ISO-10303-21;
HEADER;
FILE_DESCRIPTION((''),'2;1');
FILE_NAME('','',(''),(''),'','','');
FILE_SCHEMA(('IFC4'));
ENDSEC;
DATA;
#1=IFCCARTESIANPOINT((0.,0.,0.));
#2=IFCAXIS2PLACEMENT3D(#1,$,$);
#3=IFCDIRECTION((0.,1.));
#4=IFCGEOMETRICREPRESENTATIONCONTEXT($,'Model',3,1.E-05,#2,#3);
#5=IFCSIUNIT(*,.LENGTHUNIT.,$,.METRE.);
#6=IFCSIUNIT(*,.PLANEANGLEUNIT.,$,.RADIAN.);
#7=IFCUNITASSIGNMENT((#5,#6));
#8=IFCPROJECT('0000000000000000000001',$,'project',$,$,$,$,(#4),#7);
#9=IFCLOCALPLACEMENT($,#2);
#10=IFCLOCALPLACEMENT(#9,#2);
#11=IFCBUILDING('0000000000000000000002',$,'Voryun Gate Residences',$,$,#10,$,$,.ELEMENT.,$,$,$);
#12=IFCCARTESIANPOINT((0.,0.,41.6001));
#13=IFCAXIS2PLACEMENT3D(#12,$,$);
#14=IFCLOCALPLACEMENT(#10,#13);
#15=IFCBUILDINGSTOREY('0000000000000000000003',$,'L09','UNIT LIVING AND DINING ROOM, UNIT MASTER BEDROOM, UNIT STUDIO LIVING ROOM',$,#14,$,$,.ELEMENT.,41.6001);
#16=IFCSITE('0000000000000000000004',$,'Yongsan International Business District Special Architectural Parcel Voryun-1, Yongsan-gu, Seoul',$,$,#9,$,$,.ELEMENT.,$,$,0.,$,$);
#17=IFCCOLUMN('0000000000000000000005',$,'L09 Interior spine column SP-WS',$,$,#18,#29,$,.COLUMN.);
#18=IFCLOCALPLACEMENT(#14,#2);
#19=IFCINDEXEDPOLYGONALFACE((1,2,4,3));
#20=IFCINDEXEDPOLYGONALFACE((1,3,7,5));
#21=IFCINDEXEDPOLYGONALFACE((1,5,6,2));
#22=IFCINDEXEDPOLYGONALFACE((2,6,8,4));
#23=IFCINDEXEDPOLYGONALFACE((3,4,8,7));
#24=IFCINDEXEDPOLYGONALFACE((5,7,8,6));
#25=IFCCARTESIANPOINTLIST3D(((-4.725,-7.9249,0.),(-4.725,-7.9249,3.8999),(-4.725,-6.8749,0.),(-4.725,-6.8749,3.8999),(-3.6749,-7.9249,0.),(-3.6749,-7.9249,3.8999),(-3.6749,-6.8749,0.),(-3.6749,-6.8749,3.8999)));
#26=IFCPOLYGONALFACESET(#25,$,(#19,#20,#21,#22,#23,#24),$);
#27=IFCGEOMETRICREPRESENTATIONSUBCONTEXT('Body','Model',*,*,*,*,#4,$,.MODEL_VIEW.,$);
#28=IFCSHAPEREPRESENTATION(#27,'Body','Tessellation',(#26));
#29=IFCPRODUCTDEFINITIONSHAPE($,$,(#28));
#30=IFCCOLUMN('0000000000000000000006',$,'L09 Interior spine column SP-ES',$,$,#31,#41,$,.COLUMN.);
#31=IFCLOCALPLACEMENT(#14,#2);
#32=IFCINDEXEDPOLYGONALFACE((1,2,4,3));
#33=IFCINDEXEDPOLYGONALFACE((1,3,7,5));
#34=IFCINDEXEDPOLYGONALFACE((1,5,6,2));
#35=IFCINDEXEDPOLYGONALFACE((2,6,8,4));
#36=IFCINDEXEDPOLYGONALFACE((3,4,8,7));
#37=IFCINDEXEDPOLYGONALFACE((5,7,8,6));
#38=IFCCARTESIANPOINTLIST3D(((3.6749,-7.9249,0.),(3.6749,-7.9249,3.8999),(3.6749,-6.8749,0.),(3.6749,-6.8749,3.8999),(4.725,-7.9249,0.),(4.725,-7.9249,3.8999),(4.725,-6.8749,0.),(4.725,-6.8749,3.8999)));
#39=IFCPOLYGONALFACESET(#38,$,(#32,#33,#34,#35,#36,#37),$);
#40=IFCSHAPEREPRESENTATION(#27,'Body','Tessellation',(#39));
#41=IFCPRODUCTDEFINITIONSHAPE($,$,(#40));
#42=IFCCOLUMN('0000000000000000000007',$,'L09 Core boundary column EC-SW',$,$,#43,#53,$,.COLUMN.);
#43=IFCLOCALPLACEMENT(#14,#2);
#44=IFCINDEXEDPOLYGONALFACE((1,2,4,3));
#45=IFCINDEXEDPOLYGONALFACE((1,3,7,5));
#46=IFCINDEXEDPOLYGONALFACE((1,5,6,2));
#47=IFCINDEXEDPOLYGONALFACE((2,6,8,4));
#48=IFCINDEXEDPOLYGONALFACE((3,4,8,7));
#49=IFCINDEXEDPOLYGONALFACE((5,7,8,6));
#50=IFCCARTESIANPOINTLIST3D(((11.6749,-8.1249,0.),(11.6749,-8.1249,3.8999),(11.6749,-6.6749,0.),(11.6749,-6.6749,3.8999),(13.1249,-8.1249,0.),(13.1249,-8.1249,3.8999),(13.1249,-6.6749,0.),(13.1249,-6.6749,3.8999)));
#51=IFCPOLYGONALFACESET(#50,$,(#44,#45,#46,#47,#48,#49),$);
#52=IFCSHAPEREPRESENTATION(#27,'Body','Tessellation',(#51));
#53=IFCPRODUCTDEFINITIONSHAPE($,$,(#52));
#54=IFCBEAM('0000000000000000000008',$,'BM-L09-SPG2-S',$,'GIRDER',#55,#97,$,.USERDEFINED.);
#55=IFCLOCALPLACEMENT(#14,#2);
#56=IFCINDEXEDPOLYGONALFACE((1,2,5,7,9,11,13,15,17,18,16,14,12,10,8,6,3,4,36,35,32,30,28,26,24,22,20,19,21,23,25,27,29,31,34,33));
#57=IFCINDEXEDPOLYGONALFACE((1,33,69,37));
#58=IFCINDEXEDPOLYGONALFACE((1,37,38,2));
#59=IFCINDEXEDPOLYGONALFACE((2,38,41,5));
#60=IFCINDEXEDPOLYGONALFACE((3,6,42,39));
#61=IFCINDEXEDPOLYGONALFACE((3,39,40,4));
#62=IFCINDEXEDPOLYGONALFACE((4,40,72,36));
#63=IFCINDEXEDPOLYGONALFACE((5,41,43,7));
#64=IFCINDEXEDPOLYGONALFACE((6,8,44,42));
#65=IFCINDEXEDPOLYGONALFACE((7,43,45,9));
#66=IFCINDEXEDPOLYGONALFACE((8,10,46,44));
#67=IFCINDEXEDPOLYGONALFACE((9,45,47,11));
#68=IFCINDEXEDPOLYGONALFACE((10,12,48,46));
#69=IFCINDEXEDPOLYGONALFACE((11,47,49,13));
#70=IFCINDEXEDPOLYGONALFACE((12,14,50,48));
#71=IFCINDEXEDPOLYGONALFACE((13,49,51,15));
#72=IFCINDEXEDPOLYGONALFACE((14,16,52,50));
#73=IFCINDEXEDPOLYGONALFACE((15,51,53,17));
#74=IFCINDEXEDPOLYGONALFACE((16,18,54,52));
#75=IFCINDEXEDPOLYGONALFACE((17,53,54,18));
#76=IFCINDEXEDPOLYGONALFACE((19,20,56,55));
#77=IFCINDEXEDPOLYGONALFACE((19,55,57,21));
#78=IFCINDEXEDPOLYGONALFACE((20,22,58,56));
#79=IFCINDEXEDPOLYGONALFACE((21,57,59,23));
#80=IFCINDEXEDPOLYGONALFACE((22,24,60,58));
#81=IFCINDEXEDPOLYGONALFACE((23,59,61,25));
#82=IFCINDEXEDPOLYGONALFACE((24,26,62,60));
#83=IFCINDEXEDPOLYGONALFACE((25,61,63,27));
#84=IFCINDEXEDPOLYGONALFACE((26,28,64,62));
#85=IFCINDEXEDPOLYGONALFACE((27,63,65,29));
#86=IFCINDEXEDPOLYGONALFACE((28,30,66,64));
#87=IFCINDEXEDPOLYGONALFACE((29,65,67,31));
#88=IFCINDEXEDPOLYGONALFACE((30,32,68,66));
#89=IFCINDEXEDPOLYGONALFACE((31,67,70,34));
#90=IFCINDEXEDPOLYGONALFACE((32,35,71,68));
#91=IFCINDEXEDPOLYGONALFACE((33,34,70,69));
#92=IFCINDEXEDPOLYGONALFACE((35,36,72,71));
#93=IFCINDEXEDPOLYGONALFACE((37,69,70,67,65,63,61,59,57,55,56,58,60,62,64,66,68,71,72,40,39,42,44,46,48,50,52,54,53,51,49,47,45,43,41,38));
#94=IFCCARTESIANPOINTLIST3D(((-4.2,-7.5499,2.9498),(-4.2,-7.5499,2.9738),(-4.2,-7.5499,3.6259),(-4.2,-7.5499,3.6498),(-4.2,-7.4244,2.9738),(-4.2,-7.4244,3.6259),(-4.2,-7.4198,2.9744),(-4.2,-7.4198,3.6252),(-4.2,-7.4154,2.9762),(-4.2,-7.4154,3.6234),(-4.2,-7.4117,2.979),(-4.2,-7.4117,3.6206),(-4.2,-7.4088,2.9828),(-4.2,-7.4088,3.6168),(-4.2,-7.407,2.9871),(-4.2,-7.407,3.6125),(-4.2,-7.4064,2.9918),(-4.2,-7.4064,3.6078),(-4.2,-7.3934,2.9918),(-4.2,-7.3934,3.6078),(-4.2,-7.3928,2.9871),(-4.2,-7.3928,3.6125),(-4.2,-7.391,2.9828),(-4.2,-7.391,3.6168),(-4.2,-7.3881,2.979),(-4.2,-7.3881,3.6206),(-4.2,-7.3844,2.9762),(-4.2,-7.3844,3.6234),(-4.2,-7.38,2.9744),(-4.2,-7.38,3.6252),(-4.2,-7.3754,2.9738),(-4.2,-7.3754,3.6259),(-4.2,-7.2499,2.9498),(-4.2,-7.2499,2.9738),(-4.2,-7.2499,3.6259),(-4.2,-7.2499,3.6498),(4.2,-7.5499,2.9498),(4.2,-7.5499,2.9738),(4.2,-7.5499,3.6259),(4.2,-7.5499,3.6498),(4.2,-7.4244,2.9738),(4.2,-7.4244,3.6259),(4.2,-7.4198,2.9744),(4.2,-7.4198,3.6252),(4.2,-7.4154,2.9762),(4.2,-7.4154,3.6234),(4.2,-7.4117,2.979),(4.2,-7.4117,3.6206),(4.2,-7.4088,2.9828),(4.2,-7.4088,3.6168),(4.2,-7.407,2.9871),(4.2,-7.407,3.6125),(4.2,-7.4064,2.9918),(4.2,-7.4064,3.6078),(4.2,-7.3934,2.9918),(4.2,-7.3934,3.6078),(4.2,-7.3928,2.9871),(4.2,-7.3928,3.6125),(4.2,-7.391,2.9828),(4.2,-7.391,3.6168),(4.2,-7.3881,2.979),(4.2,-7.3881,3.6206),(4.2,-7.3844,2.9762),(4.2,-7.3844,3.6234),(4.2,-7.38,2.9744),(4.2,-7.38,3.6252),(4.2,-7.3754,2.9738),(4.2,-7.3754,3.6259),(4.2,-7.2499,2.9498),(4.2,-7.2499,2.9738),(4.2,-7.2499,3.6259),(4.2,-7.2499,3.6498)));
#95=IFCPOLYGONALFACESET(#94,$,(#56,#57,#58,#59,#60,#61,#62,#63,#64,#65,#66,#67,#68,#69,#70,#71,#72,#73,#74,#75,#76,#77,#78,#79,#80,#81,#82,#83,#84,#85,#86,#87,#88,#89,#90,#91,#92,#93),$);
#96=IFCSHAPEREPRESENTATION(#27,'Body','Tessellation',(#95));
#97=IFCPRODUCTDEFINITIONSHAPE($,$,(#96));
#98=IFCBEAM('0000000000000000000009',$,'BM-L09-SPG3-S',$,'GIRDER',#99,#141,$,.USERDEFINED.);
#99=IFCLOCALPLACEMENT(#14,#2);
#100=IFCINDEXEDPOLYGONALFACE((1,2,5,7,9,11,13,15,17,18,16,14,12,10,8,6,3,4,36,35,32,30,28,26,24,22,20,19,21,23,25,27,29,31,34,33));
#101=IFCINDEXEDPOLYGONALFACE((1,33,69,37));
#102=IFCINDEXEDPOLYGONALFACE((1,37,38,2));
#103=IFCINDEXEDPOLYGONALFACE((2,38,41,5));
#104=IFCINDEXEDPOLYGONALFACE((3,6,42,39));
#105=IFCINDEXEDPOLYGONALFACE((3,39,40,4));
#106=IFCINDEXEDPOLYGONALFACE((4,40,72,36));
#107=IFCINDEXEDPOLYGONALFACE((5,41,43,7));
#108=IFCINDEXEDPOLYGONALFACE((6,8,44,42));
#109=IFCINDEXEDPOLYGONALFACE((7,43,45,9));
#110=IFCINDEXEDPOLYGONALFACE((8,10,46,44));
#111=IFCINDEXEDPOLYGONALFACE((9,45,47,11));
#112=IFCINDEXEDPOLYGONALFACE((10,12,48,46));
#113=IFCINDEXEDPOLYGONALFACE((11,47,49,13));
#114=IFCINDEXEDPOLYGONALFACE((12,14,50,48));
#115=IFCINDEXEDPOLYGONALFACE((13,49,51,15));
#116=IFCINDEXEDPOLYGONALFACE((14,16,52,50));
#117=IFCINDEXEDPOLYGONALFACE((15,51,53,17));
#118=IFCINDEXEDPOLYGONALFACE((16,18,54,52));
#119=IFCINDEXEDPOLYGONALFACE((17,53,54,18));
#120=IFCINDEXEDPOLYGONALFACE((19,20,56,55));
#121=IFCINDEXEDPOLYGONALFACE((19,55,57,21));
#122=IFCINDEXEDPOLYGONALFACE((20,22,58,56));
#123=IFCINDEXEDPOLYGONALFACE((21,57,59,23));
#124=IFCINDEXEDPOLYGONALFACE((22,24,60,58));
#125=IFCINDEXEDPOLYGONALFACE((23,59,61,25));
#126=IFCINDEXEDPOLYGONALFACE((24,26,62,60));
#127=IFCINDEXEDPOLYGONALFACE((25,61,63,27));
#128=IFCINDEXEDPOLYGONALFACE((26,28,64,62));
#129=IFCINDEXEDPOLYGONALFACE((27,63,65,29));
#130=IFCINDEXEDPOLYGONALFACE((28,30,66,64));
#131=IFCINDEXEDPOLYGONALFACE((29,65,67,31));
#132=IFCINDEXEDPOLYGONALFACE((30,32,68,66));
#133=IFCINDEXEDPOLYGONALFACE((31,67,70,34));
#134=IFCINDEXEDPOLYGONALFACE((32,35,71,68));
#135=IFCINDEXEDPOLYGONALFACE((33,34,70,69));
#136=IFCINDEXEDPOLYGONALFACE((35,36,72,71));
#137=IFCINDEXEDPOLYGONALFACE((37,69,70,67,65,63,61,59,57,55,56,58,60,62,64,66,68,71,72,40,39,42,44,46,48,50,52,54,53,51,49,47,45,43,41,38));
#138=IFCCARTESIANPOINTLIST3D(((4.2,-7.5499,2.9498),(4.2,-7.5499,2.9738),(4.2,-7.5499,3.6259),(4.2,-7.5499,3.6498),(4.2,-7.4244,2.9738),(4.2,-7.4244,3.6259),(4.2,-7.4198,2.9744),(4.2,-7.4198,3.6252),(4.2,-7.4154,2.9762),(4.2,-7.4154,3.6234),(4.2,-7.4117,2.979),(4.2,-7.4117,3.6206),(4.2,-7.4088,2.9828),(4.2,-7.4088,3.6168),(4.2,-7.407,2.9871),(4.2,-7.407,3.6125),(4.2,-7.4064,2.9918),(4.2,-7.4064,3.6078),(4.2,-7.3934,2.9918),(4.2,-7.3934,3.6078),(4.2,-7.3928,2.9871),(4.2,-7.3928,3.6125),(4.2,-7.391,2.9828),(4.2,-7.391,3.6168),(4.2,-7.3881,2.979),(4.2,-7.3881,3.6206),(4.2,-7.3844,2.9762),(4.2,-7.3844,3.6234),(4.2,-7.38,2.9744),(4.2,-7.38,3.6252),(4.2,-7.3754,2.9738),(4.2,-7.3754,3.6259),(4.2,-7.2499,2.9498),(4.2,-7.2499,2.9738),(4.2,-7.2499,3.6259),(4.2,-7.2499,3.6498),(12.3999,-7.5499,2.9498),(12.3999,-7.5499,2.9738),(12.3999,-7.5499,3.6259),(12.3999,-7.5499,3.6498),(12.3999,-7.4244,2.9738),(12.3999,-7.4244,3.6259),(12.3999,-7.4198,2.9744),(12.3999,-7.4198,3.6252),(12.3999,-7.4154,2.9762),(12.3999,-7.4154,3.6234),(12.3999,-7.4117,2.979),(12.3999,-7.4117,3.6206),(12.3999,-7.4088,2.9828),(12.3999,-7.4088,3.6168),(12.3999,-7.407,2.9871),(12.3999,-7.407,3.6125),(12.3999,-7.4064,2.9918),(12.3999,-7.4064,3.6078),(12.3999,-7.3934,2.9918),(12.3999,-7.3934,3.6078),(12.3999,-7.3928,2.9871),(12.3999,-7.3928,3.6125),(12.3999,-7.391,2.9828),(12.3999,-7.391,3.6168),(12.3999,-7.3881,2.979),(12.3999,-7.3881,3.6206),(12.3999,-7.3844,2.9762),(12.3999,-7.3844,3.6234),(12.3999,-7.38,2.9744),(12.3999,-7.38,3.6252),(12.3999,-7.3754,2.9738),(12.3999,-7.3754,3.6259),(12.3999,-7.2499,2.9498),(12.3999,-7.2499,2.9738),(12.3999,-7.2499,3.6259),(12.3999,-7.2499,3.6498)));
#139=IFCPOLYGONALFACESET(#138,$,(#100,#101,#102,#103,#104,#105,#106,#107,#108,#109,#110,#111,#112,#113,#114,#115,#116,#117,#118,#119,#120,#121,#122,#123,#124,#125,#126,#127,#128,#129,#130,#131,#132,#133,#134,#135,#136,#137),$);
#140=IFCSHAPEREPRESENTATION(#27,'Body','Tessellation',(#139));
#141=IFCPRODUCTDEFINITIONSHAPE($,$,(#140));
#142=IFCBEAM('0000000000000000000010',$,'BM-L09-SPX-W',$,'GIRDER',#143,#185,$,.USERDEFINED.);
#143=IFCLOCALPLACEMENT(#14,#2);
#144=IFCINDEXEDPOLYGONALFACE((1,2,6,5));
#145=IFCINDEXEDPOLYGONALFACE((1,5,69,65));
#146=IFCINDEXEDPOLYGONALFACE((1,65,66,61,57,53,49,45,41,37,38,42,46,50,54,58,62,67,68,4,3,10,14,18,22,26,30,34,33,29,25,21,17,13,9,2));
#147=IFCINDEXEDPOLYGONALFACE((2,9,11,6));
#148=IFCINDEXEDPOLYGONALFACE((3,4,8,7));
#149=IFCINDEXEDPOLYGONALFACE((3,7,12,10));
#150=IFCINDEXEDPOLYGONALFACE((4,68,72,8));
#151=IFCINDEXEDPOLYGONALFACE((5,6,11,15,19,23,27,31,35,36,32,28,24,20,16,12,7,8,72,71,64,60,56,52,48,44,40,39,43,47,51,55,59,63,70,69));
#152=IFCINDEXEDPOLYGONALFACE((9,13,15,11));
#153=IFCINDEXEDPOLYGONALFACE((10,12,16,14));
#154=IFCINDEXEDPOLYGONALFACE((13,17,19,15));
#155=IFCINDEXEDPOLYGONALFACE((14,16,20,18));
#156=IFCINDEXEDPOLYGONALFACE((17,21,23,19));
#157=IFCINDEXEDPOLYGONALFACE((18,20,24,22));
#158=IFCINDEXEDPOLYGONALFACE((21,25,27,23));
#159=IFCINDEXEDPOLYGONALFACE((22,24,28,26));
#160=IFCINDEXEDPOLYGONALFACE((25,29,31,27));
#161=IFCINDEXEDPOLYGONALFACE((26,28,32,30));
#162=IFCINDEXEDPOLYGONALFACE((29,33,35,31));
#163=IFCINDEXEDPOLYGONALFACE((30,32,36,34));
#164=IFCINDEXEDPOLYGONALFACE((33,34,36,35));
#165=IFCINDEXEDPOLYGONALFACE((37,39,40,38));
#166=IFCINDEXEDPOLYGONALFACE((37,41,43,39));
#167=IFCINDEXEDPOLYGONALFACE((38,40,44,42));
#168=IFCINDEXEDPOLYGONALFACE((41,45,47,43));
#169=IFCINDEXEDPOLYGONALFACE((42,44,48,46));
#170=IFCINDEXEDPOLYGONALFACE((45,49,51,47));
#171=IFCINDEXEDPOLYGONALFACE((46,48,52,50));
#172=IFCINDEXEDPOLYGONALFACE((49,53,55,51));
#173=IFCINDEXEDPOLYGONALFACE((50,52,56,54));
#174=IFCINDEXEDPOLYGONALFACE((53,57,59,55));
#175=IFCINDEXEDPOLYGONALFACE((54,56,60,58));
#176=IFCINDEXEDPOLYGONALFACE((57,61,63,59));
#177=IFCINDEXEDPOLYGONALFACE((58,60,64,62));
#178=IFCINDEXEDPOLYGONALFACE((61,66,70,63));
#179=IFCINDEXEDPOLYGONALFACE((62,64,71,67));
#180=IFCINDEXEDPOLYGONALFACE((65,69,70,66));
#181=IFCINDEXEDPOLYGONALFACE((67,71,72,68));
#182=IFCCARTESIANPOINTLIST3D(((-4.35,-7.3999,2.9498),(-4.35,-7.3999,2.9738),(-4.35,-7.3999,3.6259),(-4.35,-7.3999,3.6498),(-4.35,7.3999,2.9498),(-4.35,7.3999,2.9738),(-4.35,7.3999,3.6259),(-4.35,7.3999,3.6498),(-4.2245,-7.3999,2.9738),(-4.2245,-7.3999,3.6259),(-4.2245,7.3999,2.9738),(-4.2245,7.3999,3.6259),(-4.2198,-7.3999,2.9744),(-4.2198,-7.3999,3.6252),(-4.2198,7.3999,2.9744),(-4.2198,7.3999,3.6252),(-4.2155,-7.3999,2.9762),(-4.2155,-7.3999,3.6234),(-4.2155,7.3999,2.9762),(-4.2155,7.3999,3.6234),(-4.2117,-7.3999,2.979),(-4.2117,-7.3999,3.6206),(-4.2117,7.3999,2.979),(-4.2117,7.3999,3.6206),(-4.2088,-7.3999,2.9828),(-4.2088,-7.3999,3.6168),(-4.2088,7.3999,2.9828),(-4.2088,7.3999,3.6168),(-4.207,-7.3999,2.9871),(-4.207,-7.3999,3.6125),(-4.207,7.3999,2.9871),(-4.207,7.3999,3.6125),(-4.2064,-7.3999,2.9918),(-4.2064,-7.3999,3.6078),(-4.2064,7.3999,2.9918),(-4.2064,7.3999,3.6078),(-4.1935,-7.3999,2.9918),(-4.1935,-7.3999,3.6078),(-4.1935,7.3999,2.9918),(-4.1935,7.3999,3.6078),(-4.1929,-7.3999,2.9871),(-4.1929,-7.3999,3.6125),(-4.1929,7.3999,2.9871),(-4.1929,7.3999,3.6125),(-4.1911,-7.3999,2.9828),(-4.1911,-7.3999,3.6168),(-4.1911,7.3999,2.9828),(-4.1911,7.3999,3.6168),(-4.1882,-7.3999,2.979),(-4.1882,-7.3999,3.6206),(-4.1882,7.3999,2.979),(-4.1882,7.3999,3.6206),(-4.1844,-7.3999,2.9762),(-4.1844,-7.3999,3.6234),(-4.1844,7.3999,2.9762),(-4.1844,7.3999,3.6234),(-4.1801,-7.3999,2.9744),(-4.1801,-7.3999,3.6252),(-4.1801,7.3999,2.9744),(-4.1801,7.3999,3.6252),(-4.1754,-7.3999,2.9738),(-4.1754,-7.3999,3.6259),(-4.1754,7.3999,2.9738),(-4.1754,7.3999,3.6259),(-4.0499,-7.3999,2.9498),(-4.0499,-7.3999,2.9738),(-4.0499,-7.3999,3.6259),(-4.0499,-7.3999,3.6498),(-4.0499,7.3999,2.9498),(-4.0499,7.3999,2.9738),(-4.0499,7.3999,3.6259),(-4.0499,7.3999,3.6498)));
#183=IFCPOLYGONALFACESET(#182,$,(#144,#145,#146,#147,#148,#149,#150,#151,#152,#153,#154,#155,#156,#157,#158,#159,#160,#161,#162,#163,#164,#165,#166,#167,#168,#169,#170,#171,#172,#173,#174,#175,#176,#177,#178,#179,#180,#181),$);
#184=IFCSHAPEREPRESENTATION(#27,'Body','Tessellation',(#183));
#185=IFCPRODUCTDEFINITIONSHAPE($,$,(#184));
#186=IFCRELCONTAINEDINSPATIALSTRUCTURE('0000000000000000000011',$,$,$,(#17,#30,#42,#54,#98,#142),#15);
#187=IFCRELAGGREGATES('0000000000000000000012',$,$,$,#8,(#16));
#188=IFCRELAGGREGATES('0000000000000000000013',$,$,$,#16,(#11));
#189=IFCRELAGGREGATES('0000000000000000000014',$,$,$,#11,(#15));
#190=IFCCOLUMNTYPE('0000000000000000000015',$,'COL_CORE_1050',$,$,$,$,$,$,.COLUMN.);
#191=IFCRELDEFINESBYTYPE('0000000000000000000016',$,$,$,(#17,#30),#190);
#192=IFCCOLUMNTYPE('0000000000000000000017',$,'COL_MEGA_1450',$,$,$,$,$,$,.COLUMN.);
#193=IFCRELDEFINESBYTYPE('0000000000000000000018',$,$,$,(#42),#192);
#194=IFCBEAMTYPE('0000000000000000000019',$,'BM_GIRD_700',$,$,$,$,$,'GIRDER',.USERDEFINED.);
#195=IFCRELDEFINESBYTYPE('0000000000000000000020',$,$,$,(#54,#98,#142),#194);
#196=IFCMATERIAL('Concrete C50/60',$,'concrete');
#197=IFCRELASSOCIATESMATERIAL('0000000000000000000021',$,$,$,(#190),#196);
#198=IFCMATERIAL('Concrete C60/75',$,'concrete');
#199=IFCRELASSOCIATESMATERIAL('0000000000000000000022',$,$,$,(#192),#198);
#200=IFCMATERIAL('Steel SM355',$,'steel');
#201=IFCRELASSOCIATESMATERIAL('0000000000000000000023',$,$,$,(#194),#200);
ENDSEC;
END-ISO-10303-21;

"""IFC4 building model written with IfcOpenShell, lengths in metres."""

from ifc_helpers import new_model, si_unit, direction, frame, origin, origin_2d, place, context, subcontext, project, spatial, rectangle, i_section, extrude, material, material_profile, profile_set, type_object, element, save


model = new_model("IFC4")

# Units and contexts
model_context = context("Model", 3, precision=1e-05, world=origin(), true_north=direction((0.0, 1.0)))
body_context = subcontext(model_context, "Body", "Model", "MODEL_VIEW")
ifc_project = project(units=[si_unit("LENGTHUNIT", "METRE"), si_unit("PLANEANGLEUNIT", "RADIAN")], contexts=[model_context])

# Site, building, storey
site_placement = place(None, origin())
site = spatial("IfcSite", under=ifc_project, at=site_placement, Name="Yongsan International Business District Special Architectural Parcel Voryun-1, Yongsan-gu, Seoul", CompositionType="ELEMENT", RefElevation=0.0)
building_placement = place(site_placement, origin())
building = spatial("IfcBuilding", under=site, at=building_placement, Name="Voryun Gate Residences", CompositionType="ELEMENT")
storey_placement = place(building_placement, frame((0.0, 0.0, 41.6001)))
storey = spatial("IfcBuildingStorey", under=building, at=storey_placement, Name="L09", Description="UNIT LIVING AND DINING ROOM, UNIT MASTER BEDROOM, UNIT STUDIO LIVING ROOM", CompositionType="ELEMENT", Elevation=41.6001)

# Columns
ifc_material_1 = material(Name="Concrete C50/60", Category="concrete")
ifc_material_profile_1 = material_profile(ifc_material_1, rectangle(XDim=1.05, YDim=1.05, at=origin_2d()), Name="RC-1050x1050")
ifc_profile_set_1 = profile_set([ifc_material_profile_1], Name="Concrete C50/60")
column_type_1 = type_object("IfcColumnType", Name="COL_CORE_1050", PredefinedType="COLUMN", material=ifc_profile_set_1)
for number, where, z_axis, x_axis, name in (
    (1, (-4.2, -7.3999, 0.0), (0.0, 0.0, 1.0), (1.0, 0.0, 0.0), "L09 Interior spine column SP-WS"),
    (2, (4.2, -7.3999, 0.0), (0.0, 0.0, 1.0), (1.0, 0.0, 0.0), "L09 Interior spine column SP-ES"),
):
    element("IfcColumn", number, at=place(storey_placement, frame(where, z_axis=z_axis, x_axis=x_axis)), inside=storey, type_object=column_type_1, Name=name, PredefinedType="COLUMN", context=body_context, shape_type="SweptSolid", body=[
        extrude(rectangle(XDim=1.05, YDim=1.05, at=origin_2d()), origin(), (0.0, 0.0, 1.0), 3.8999),
    ])
ifc_material_2 = material(Name="Concrete C60/75", Category="concrete")
ifc_material_profile_2 = material_profile(ifc_material_2, rectangle(XDim=1.45, YDim=1.45, at=origin_2d()), Name="RC-1450x1450")
ifc_profile_set_2 = profile_set([ifc_material_profile_2], Name="Concrete C60/75")
column_type_2 = type_object("IfcColumnType", Name="COL_MEGA_1450", PredefinedType="COLUMN", material=ifc_profile_set_2)
column_placement = place(storey_placement, frame((12.3999, -7.3999, 0.0), z_axis=(0.0, 0.0, 1.0), x_axis=(1.0, 0.0, 0.0)))
element("IfcColumn", 3, at=column_placement, inside=storey, type_object=column_type_2, Name="L09 Core boundary column EC-SW", PredefinedType="COLUMN", context=body_context, shape_type="SweptSolid", body=[
    extrude(rectangle(XDim=1.45, YDim=1.45, at=origin_2d()), origin(), (0.0, 0.0, 1.0), 3.8999),
])

# Beams
ifc_material_3 = material(Name="Steel SM355", Category="steel")
ifc_material_profile_3 = material_profile(ifc_material_3, i_section(OverallWidth=0.3, OverallDepth=0.7, WebThickness=0.0129, FlangeThickness=0.0239, FilletRadius=0.0181, at=origin_2d()), Name="H-700x300x13x24")
ifc_profile_set_3 = profile_set([ifc_material_profile_3], Name="Steel SM355")
beam_type_1 = type_object("IfcBeamType", Name="BM_GIRD_700", ElementType="GIRDER", PredefinedType="USERDEFINED", material=ifc_profile_set_3)
beam_1_placement = place(storey_placement, frame((-4.2, -7.3999, 3.2998), z_axis=(1.0, 0.0, 0.0), x_axis=(0.0, 1.0, 0.0)))
element("IfcBeam", 4, at=beam_1_placement, inside=storey, type_object=beam_type_1, Name="BM-L09-SPG2-S", ObjectType="GIRDER", PredefinedType="USERDEFINED", context=body_context, shape_type="SweptSolid", body=[
    extrude(i_section(OverallWidth=0.3, OverallDepth=0.7, WebThickness=0.0129, FlangeThickness=0.0239, FilletRadius=0.0181, at=origin_2d()), origin(), (0.0, 0.0, 1.0), 8.3999),
])
beam_2_placement = place(storey_placement, frame((4.2, -7.3999, 3.2998), z_axis=(1.0, 0.0, 0.0), x_axis=(0.0, 1.0, 0.0)))
element("IfcBeam", 5, at=beam_2_placement, inside=storey, type_object=beam_type_1, Name="BM-L09-SPG3-S", ObjectType="GIRDER", PredefinedType="USERDEFINED", context=body_context, shape_type="SweptSolid", body=[
    extrude(i_section(OverallWidth=0.3, OverallDepth=0.7, WebThickness=0.0129, FlangeThickness=0.0239, FilletRadius=0.0181, at=origin_2d()), origin(), (0.0, 0.0, 1.0), 8.2),
])
for number, where, z_axis, x_axis, name in (
    (6, (-4.2, -7.3999, 3.2998), (0.0, 1.0, 0.0), (-1.0, 0.0, 0.0), "BM-L09-SPX-W"),
):
    element("IfcBeam", number, at=place(storey_placement, frame(where, z_axis=z_axis, x_axis=x_axis)), inside=storey, type_object=beam_type_1, Name=name, ObjectType="GIRDER", PredefinedType="USERDEFINED", context=body_context, shape_type="SweptSolid", body=[
        extrude(i_section(OverallWidth=0.3, OverallDepth=0.7, WebThickness=0.0129, FlangeThickness=0.0239, FilletRadius=0.0181, at=origin_2d()), origin(), (0.0, 0.0, 1.0), 14.7998),
    ])

save(model, "model.ifc")
